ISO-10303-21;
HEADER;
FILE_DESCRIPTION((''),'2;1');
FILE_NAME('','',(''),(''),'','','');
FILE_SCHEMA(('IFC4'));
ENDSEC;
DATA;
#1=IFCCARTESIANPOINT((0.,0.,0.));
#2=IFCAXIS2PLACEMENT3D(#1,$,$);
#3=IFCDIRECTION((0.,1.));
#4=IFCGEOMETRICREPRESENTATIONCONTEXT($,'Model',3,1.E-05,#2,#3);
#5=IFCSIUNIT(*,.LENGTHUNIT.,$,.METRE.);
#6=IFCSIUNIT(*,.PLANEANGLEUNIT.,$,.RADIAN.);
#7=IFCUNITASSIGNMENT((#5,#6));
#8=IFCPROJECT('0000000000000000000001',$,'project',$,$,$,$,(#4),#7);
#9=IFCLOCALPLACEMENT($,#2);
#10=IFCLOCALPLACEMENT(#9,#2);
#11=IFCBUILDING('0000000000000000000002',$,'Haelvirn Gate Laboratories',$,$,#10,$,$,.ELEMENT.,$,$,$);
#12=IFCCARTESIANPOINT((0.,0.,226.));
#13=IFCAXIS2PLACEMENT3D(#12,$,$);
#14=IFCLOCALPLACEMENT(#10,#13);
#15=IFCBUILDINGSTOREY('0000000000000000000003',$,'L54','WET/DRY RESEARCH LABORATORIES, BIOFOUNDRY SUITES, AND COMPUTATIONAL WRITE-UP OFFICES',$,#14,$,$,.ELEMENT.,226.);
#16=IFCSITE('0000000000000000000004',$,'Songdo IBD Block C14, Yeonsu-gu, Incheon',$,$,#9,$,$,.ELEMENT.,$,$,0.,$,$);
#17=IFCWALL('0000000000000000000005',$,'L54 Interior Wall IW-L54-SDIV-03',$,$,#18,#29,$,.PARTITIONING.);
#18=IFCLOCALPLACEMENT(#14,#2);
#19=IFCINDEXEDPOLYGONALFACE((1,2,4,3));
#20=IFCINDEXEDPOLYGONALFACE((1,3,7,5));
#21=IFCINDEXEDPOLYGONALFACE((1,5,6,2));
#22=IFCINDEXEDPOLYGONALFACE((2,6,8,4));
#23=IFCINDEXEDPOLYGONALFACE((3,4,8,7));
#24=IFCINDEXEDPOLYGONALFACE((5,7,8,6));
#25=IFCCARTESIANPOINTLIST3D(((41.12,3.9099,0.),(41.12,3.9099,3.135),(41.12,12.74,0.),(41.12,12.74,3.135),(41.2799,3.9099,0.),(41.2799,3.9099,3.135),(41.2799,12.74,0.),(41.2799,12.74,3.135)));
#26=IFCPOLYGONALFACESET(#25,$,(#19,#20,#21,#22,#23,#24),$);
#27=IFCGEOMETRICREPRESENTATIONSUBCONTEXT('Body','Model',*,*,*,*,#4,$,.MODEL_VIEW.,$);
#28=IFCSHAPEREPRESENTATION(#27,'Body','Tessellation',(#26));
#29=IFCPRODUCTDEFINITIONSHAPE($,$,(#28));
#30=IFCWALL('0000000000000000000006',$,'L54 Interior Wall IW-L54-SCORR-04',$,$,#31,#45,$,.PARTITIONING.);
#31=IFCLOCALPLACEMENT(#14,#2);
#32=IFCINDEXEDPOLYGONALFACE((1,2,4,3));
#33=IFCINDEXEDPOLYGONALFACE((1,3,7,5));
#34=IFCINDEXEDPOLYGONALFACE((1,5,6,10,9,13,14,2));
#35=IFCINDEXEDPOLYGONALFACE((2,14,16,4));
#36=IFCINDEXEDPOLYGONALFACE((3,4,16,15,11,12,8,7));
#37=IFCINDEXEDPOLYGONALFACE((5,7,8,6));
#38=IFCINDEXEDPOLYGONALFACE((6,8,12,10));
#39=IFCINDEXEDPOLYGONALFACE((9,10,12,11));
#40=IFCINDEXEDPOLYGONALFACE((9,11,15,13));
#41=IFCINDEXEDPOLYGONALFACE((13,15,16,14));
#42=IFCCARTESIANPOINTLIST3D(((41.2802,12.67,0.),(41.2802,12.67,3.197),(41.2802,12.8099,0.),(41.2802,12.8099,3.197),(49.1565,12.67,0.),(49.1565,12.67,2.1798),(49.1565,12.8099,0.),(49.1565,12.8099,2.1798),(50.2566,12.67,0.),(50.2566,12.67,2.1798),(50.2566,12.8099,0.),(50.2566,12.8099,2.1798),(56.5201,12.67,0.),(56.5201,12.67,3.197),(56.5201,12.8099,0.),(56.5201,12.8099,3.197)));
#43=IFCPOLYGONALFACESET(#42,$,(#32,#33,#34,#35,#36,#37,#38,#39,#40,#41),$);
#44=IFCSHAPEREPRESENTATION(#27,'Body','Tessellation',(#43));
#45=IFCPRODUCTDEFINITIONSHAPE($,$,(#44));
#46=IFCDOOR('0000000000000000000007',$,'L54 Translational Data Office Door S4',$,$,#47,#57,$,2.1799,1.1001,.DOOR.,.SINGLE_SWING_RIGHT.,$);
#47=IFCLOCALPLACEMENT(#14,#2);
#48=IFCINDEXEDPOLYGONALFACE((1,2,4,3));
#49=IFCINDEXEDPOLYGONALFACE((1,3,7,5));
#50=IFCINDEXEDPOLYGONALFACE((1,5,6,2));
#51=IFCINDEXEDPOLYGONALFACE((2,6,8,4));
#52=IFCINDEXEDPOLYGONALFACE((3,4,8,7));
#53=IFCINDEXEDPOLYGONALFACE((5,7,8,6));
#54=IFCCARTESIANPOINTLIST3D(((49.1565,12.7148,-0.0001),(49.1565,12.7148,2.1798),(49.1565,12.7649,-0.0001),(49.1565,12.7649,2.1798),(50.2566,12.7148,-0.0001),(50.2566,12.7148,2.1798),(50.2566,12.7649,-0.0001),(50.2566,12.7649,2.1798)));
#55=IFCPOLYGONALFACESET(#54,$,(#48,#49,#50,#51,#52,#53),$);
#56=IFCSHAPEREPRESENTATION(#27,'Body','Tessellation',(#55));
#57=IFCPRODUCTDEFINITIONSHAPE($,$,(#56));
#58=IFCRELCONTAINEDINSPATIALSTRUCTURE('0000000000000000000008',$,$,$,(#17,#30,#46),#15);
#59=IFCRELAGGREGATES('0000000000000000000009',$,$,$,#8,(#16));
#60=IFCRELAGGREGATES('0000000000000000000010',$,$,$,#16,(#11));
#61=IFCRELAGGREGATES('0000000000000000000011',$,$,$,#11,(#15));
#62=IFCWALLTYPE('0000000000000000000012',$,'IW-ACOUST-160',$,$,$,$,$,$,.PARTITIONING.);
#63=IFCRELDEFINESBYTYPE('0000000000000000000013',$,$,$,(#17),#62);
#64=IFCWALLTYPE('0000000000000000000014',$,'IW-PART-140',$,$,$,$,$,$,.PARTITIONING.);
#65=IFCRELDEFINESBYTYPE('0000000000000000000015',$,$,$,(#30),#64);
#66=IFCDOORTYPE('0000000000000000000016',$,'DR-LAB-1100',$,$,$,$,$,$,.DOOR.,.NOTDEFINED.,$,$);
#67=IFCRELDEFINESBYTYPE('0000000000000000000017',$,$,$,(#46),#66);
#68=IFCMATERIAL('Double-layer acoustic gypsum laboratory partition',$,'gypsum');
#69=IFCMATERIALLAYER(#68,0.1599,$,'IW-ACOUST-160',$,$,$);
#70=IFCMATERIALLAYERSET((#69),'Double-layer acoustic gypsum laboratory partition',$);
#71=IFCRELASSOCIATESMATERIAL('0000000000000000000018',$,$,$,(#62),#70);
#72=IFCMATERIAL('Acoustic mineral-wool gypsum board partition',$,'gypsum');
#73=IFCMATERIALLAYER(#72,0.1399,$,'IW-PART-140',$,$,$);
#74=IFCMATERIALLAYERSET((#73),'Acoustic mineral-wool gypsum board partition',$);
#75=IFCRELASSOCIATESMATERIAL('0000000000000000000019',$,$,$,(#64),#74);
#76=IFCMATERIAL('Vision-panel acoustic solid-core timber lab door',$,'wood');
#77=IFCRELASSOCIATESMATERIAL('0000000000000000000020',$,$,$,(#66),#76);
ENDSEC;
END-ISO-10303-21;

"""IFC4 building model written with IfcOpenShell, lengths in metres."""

from ifc_helpers import new_model, si_unit, direction, frame, frame_2d, origin, place, context, subcontext, project, spatial, rectangle, extrude, source, transform, mapped, material, layer, layer_set, type_object, type_shapes, element, fill, save


model = new_model("IFC4")

# Units and contexts
model_context = context("Model", 3, precision=1e-05, world=origin(), true_north=direction((0.0, 1.0)))
body_context = subcontext(model_context, "Body", "Model", "MODEL_VIEW")
ifc_project = project(units=[si_unit("LENGTHUNIT", "METRE"), si_unit("PLANEANGLEUNIT", "RADIAN")], contexts=[model_context])

# Site, building, storey
site_placement = place(None, origin())
site = spatial("IfcSite", under=ifc_project, at=site_placement, Name="Songdo IBD Block C14, Yeonsu-gu, Incheon", CompositionType="ELEMENT", RefElevation=0.0)
building_placement = place(site_placement, origin())
building = spatial("IfcBuilding", under=site, at=building_placement, Name="Haelvirn Gate Laboratories", CompositionType="ELEMENT")
storey_placement = place(building_placement, frame((0.0, 0.0, 226.0)))
storey = spatial("IfcBuildingStorey", under=building, at=storey_placement, Name="L54", Description="WET/DRY RESEARCH LABORATORIES, BIOFOUNDRY SUITES, AND COMPUTATIONAL WRITE-UP OFFICES", CompositionType="ELEMENT", Elevation=226.0)

# Wall
ifc_material_1 = material(Name="Double-layer acoustic gypsum laboratory partition", Category="gypsum")
ifc_layer_1 = layer(ifc_material_1, 0.1599, Name="IW-ACOUST-160")
ifc_layer_set_1 = layer_set([ifc_layer_1], Name="Double-layer acoustic gypsum laboratory partition")
wall_type_1 = type_object("IfcWallType", Name="IW-ACOUST-160", PredefinedType="PARTITIONING", material=ifc_layer_set_1)
wall_1_placement = place(storey_placement, frame((41.2, 3.9099, 0.0), z_axis=(0.0, 0.0, 1.0), x_axis=(0.0, 1.0, 0.0)))
element("IfcWall", 1, at=wall_1_placement, inside=storey, type_object=wall_type_1, Name="L54 Interior Wall IW-L54-SDIV-03", PredefinedType="PARTITIONING", context=body_context, shape_type="SweptSolid", body=[
    extrude(rectangle(XDim=8.8301, YDim=0.1599, at=frame_2d((4.415, 0.0))), origin(), (0.0, 0.0, 1.0), 3.135),
])

# Wall, opening, door
ifc_material_2 = material(Name="Acoustic mineral-wool gypsum board partition", Category="gypsum")
ifc_layer_2 = layer(ifc_material_2, 0.1399, Name="IW-PART-140")
ifc_layer_set_2 = layer_set([ifc_layer_2], Name="Acoustic mineral-wool gypsum board partition")
wall_type_2 = type_object("IfcWallType", Name="IW-PART-140", PredefinedType="PARTITIONING", material=ifc_layer_set_2)
wall_2_placement = place(storey_placement, frame((41.28, 12.74, 0.0), z_axis=(0.0, 0.0, 1.0), x_axis=(1.0, 0.0, 0.0)))
wall_2 = element("IfcWall", 2, at=wall_2_placement, inside=storey, type_object=wall_type_2, Name="L54 Interior Wall IW-L54-SCORR-04", PredefinedType="PARTITIONING", context=body_context, shape_type="SweptSolid", body=[
    extrude(rectangle(XDim=15.24, YDim=0.1399, at=frame_2d((7.6201, 0.0))), origin(), (0.0, 0.0, 1.0), 3.197),
])
opening_placement = place(wall_2_placement, frame((7.8765, 0.0, 0.0)))
opening = element("IfcOpeningElement", 3, at=opening_placement, cuts=wall_2, PredefinedType="OPENING", context=body_context, shape_type="SweptSolid", body=[
    extrude(rectangle(XDim=1.1001, YDim=2.1799, at=frame_2d((0.55, 1.0898))), frame((0.0, 0.0801, 0.0), z_axis=(0.0, -1.0, 0.0), x_axis=(1.0, 0.0, 0.0)), (0.0, 0.0, 1.0), 0.1599),
])
ifc_material_3 = material(Name="Vision-panel acoustic solid-core timber lab door", Category="wood")
door_type = type_object("IfcDoorType", Name="DR-LAB-1100", OperationType="NOTDEFINED", PredefinedType="DOOR", material=ifc_material_3)
shared_shape_1 = source(origin(), body_context, "Body", "SweptSolid", [
    extrude(rectangle(XDim=1.1001, YDim=2.1799, at=frame_2d((0.55, 1.0898))), frame((0.0, 0.0249, 0.0), z_axis=(0.0, -1.0, 0.0), x_axis=(1.0, 0.0, 0.0)), (0.0, 0.0, 1.0), 0.05),
])
type_shapes(door_type, [shared_shape_1])
door_placement = place(opening_placement, origin())
door = element("IfcDoor", 4, at=door_placement, inside=storey, type_object=door_type, Name="L54 Translational Data Office Door S4", OperationType="SINGLE_SWING_RIGHT", OverallHeight=2.1799, OverallWidth=1.1001, PredefinedType="DOOR", context=body_context, shape_type="MappedRepresentation", body=[
    mapped(shared_shape_1, transform((0.0, 0.0, 0.0), scale=1.0)),
])
fill(opening, door)

save(model, "model.ifc")
